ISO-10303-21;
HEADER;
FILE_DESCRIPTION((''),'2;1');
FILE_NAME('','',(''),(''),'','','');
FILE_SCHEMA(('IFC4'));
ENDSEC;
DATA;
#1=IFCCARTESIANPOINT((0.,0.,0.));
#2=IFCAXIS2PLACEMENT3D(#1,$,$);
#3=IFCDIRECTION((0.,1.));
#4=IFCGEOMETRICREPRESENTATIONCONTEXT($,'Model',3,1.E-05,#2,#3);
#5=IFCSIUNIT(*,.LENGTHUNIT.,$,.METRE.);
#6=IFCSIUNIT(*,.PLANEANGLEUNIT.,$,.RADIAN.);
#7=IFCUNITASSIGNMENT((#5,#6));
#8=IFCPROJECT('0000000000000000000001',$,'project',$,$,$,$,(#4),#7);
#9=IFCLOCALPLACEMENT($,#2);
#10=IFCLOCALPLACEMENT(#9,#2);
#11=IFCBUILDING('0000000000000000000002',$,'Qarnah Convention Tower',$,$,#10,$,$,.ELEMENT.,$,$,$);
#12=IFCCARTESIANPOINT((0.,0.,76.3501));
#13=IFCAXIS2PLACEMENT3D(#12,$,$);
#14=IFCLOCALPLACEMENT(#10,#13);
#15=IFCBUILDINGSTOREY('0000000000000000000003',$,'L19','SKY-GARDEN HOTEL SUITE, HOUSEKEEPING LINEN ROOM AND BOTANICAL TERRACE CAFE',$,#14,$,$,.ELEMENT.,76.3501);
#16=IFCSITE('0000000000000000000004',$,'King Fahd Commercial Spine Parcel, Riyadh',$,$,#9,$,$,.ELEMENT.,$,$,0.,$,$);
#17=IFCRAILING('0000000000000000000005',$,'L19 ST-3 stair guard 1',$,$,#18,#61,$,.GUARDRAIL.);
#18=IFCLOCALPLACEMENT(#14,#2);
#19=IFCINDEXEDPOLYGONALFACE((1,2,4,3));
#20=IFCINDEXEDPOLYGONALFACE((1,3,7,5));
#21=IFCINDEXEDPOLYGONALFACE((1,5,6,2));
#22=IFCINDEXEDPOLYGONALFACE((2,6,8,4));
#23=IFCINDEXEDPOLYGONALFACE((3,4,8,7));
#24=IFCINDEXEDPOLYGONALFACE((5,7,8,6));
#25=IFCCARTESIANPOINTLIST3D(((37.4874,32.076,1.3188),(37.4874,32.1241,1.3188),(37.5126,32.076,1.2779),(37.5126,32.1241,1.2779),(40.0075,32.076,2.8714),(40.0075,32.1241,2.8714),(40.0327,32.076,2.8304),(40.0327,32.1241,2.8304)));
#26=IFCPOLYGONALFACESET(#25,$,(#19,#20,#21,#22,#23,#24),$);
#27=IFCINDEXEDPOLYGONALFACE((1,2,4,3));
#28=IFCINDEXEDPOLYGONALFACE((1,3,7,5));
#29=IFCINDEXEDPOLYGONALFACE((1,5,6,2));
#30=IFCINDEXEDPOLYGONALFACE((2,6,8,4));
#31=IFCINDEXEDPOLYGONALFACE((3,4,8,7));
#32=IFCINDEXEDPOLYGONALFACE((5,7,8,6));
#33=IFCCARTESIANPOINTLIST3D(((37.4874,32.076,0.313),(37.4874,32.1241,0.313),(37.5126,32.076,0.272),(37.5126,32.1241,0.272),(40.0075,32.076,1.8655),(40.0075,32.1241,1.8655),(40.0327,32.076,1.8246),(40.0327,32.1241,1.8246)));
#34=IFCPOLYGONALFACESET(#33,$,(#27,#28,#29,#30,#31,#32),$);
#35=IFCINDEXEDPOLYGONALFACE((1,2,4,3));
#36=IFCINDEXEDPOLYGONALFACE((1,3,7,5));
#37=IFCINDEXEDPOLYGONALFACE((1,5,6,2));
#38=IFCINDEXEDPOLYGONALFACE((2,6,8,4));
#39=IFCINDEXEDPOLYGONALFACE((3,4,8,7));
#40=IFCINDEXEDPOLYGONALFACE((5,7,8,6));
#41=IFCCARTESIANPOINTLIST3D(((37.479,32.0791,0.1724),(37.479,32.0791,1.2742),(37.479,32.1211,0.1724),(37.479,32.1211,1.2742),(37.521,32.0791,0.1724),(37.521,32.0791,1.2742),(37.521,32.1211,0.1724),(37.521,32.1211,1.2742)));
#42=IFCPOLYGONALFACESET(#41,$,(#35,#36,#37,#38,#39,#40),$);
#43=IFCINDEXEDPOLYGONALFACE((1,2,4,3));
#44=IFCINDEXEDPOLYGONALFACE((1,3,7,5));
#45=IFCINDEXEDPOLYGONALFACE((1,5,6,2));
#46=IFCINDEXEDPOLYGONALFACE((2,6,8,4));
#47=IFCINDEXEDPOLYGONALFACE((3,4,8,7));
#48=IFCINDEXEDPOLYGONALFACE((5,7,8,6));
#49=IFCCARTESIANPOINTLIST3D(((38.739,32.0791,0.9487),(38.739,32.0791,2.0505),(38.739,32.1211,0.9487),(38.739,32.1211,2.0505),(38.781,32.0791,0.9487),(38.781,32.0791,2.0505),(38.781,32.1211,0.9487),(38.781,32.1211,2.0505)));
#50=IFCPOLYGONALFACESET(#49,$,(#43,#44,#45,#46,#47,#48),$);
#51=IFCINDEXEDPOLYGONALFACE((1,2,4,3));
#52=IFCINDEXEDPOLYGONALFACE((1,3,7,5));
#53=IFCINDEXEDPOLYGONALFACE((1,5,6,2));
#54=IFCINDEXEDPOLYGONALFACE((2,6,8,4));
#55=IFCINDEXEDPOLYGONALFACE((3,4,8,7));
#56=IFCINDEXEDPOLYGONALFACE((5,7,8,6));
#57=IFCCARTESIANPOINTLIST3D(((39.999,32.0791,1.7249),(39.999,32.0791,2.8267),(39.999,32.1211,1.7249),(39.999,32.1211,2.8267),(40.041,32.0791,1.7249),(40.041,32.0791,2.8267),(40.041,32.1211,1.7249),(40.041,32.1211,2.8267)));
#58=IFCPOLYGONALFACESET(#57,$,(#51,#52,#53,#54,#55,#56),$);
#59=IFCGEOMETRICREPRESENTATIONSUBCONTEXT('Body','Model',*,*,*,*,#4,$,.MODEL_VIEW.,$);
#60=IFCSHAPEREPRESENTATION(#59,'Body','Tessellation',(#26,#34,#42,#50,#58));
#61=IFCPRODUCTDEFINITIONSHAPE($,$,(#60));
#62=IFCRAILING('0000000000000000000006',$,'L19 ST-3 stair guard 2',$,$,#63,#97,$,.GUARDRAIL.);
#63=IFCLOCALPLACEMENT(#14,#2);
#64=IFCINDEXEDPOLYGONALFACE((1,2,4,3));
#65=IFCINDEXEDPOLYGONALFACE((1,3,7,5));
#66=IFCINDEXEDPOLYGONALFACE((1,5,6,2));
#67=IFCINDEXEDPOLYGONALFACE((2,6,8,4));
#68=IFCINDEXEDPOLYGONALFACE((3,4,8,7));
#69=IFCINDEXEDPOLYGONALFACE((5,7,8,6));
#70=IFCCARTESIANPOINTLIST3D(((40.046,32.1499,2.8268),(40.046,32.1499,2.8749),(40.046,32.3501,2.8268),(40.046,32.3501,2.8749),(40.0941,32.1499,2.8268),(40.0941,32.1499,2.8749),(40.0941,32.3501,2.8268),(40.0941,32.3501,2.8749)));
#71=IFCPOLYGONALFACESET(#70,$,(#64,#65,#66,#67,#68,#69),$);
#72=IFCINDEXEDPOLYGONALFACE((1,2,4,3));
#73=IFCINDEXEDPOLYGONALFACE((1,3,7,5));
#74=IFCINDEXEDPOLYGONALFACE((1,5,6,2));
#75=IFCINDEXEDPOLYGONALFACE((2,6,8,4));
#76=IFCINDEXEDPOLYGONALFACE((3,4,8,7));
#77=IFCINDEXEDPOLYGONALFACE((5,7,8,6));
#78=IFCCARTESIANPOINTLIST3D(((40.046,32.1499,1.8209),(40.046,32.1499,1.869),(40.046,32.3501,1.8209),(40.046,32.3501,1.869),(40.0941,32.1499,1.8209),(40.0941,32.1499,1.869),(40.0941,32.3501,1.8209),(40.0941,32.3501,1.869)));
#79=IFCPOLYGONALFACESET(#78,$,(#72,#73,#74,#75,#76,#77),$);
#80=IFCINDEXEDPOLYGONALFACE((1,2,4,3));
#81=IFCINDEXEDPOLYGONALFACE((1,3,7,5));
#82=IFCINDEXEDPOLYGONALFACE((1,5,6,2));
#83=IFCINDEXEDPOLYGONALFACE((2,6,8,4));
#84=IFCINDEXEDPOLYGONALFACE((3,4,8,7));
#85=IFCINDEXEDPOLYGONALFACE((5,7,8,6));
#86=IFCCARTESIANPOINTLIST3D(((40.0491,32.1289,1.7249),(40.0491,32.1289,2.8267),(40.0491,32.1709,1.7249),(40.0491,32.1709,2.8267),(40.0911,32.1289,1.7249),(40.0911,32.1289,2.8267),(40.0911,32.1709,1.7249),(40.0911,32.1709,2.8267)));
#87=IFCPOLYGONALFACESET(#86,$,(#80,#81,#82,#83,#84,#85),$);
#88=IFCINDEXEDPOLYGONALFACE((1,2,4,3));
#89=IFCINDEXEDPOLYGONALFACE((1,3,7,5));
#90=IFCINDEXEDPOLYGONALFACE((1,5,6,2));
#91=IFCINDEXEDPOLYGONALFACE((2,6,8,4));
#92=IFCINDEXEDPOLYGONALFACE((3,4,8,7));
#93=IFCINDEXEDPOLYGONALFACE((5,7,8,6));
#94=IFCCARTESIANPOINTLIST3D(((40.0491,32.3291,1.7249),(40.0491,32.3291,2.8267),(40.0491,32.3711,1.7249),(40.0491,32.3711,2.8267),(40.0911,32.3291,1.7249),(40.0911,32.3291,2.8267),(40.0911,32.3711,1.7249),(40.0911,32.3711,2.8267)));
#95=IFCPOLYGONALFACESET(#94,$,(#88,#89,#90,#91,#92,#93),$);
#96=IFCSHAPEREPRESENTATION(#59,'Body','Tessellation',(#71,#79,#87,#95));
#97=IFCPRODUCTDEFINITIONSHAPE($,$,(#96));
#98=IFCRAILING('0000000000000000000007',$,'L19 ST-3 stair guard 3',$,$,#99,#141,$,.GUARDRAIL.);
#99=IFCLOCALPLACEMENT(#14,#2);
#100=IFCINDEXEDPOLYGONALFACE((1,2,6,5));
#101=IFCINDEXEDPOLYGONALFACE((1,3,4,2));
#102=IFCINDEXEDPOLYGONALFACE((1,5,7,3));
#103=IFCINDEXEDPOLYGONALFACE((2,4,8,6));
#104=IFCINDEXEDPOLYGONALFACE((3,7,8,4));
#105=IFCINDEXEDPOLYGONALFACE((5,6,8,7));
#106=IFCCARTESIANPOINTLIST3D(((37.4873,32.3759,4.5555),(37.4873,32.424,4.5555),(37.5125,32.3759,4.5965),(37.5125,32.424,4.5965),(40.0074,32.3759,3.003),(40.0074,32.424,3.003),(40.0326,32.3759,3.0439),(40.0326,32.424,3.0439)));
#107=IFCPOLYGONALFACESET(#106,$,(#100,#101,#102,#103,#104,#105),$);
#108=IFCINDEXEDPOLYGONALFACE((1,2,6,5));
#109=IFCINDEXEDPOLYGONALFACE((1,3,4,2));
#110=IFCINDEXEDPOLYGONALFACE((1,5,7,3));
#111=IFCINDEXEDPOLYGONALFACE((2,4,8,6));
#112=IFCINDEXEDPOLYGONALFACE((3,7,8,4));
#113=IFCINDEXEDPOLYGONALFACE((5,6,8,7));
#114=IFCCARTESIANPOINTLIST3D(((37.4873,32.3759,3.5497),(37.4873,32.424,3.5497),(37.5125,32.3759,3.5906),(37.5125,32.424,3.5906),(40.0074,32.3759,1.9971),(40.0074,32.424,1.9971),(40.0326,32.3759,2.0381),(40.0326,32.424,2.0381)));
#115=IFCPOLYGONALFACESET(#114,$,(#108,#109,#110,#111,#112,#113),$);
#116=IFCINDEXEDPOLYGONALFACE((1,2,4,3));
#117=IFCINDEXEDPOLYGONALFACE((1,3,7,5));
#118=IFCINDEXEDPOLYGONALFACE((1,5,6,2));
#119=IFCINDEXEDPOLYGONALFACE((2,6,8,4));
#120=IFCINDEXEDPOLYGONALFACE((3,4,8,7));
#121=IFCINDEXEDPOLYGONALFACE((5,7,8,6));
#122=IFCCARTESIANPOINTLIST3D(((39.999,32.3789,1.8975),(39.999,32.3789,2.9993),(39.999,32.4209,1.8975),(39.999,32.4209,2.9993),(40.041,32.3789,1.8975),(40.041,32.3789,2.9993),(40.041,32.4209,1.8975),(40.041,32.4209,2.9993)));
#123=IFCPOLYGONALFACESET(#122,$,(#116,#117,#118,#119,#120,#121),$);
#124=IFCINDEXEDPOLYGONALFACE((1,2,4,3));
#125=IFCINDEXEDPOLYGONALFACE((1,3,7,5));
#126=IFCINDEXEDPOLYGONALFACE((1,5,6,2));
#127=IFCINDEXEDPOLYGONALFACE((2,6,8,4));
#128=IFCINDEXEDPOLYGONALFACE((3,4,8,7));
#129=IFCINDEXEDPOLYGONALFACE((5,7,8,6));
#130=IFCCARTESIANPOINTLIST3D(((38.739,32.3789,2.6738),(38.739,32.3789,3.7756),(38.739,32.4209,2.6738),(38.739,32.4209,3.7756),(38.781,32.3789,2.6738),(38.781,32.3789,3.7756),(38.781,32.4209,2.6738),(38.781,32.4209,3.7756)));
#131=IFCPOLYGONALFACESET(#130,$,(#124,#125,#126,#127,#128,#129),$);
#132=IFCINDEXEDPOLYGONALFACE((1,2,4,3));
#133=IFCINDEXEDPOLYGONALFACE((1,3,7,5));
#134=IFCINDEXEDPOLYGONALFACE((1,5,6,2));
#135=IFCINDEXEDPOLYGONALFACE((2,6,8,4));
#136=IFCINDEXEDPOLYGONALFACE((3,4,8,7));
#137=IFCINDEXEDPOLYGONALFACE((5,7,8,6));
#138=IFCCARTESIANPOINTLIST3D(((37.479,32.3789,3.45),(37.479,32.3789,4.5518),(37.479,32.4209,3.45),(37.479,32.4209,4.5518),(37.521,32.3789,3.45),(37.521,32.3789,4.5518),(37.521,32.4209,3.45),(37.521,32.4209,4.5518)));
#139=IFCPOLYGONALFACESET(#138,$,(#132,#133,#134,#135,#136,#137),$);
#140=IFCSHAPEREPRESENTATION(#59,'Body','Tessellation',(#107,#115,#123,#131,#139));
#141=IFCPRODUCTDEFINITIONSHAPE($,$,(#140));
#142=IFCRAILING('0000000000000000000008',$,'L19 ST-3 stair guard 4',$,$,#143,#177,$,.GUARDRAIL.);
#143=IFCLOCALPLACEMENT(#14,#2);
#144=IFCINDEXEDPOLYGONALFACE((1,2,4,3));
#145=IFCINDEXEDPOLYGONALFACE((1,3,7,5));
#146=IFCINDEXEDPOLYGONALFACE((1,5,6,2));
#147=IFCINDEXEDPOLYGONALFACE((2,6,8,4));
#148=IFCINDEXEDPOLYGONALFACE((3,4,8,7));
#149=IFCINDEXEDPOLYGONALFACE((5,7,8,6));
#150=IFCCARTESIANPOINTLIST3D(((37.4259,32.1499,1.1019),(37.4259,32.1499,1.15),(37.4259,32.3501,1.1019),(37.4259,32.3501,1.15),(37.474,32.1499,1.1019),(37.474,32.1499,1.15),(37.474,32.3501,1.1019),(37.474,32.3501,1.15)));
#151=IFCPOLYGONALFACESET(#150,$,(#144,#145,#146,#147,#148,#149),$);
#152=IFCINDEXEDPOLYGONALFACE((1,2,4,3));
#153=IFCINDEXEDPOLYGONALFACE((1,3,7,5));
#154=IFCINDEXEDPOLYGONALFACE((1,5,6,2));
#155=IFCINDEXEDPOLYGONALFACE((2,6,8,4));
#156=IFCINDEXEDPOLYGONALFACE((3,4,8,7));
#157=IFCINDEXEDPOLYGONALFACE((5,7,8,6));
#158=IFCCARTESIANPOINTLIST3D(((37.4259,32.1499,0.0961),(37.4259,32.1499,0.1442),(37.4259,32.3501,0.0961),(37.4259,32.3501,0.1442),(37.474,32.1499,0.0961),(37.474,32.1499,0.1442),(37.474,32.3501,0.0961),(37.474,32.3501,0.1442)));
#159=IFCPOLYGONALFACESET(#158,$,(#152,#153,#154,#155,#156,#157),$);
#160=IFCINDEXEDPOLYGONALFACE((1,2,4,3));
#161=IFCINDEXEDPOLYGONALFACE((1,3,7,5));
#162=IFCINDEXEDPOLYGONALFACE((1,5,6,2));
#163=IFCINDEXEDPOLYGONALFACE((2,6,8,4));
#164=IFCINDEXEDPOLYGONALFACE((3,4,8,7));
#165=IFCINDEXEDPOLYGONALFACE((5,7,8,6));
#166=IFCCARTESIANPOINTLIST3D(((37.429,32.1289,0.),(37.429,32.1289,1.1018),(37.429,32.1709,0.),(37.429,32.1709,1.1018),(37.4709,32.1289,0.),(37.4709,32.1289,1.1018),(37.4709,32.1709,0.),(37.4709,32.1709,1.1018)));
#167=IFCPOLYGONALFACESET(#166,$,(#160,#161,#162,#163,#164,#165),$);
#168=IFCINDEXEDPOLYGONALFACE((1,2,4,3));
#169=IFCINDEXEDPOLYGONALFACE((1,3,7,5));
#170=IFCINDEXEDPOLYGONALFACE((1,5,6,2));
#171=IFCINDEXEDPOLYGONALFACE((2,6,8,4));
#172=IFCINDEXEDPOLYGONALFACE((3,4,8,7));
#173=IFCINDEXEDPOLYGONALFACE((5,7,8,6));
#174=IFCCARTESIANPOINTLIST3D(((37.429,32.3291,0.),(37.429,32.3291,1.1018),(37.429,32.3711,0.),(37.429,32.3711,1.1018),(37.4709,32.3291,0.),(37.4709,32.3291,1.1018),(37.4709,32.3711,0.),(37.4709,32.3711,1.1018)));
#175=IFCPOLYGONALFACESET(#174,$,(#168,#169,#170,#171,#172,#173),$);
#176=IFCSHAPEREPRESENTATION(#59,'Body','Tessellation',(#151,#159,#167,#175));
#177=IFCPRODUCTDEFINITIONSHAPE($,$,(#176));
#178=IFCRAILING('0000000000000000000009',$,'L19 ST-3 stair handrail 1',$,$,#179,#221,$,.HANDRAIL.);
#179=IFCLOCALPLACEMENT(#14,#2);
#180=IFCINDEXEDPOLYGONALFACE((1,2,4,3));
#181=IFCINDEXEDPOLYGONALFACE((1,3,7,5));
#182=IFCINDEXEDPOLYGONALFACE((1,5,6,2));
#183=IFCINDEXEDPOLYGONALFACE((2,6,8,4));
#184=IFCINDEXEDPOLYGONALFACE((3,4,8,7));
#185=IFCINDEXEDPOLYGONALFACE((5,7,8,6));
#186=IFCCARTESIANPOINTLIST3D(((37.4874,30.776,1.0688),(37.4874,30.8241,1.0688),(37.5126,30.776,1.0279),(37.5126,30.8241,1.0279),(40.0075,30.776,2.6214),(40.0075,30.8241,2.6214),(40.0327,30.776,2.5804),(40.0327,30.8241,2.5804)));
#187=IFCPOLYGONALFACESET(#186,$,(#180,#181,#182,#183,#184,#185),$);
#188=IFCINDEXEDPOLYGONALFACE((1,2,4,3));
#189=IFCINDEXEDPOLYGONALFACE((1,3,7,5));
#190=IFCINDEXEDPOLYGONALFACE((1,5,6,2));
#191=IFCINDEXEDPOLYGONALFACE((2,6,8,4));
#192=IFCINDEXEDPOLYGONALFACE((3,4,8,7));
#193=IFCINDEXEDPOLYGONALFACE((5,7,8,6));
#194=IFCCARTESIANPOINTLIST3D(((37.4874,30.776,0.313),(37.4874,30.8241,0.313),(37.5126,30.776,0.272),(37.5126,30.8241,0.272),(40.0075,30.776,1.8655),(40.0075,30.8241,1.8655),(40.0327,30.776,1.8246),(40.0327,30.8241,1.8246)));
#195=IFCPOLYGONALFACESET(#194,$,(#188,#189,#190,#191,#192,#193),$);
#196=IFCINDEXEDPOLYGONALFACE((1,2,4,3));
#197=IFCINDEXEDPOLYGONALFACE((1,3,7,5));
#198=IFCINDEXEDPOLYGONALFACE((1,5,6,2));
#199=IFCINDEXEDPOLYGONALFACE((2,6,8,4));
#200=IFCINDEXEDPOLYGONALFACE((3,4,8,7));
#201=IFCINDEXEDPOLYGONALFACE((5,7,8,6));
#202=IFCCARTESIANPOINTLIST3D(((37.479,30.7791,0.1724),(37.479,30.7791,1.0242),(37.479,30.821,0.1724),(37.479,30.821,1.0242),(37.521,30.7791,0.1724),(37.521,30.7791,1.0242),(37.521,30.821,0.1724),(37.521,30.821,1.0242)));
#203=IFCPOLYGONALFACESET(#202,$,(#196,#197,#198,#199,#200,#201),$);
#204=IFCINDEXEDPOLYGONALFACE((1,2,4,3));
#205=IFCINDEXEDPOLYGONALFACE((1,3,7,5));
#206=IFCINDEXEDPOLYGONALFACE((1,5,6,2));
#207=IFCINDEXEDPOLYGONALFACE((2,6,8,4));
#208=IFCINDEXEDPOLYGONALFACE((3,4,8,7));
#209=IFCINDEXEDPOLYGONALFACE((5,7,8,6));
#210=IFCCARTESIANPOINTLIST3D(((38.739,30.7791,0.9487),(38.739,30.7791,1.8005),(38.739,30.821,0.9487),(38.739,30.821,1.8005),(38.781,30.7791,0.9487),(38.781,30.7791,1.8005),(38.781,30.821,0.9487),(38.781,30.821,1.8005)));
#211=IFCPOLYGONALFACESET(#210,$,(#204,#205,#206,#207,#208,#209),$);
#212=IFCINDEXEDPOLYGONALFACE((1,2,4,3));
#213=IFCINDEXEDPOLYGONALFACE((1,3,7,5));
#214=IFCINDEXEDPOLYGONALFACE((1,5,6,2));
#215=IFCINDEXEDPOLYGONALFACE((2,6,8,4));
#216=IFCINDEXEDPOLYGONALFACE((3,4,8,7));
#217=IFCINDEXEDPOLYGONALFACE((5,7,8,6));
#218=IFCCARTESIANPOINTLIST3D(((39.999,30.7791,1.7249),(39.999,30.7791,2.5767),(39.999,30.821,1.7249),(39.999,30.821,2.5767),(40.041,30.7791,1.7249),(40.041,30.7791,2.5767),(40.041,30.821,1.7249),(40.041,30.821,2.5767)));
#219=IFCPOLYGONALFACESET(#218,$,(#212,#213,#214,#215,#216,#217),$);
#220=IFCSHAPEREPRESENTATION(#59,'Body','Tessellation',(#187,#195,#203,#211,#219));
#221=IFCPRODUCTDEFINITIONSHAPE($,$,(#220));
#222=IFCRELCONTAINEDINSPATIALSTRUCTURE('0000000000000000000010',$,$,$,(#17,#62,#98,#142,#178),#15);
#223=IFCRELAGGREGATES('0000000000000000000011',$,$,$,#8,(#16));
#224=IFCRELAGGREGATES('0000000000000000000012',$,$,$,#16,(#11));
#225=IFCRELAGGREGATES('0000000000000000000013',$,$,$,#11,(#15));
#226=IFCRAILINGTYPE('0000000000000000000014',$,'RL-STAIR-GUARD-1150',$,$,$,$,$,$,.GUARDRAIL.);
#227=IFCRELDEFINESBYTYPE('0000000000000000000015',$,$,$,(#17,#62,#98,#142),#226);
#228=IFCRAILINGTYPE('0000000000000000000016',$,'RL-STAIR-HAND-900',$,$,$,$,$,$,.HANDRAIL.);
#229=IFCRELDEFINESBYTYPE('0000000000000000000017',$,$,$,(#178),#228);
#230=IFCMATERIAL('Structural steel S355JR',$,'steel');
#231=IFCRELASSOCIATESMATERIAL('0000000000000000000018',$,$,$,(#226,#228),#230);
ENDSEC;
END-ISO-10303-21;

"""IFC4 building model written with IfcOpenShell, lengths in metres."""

from ifc_helpers import new_model, si_unit, direction, frame, origin, origin_2d, place, context, subcontext, project, spatial, rectangle, extrude, material, type_object, element, save


model = new_model("IFC4")

# Units and contexts
model_context = context("Model", 3, precision=1e-05, world=origin(), true_north=direction((0.0, 1.0)))
body_context = subcontext(model_context, "Body", "Model", "MODEL_VIEW")
ifc_project = project(units=[si_unit("LENGTHUNIT", "METRE"), si_unit("PLANEANGLEUNIT", "RADIAN")], contexts=[model_context])

# Site, building, storey
site_placement = place(None, origin())
site = spatial("IfcSite", under=ifc_project, at=site_placement, Name="King Fahd Commercial Spine Parcel, Riyadh", CompositionType="ELEMENT", RefElevation=0.0)
building_placement = place(site_placement, origin())
building = spatial("IfcBuilding", under=site, at=building_placement, Name="Qarnah Convention Tower", CompositionType="ELEMENT")
storey_placement = place(building_placement, frame((0.0, 0.0, 76.3501)))
storey = spatial("IfcBuildingStorey", under=building, at=storey_placement, Name="L19", Description="SKY-GARDEN HOTEL SUITE, HOUSEKEEPING LINEN ROOM AND BOTANICAL TERRACE CAFE", CompositionType="ELEMENT", Elevation=76.3501)

# Shared definitions
ifc_material_1 = material(Name="Structural steel S355JR", Category="steel")

# Railings
railing_type_1 = type_object("IfcRailingType", Name="RL-STAIR-GUARD-1150", PredefinedType="GUARDRAIL", material=ifc_material_1)
railing_1_placement = place(storey_placement, frame((37.5, 32.1001, 0.1724)))
element("IfcRailing", 1, at=railing_1_placement, inside=storey, type_object=railing_type_1, Name="L19 ST-3 stair guard 1", PredefinedType="GUARDRAIL", context=body_context, shape_type="SweptSolid", body=[
    extrude(rectangle(XDim=0.0481, YDim=0.0481, at=origin_2d()), frame((0.0, 0.0, 1.126), z_axis=(0.8514, 0.0, 0.524516), x_axis=(0.0, 1.0, 0.0)), (0.0, 0.0, 1.0), 2.96),
    extrude(rectangle(XDim=0.0481, YDim=0.0481, at=origin_2d()), frame((0.0, 0.0, 0.1201), z_axis=(0.8514, 0.0, 0.524516), x_axis=(0.0, 1.0, 0.0)), (0.0, 0.0, 1.0), 2.96),
    extrude(rectangle(XDim=0.042, YDim=0.042, at=origin_2d()), origin(), (0.0, 0.0, 1.0), 1.1018),
    extrude(rectangle(XDim=0.042, YDim=0.042, at=origin_2d()), frame((1.26, 0.0, 0.7764)), (0.0, 0.0, 1.0), 1.1018),
    extrude(rectangle(XDim=0.042, YDim=0.042, at=origin_2d()), frame((2.52, 0.0, 1.5525)), (0.0, 0.0, 1.0), 1.1018),
])
railing_2_placement = place(storey_placement, frame((40.0701, 32.1499, 1.7249)))
element("IfcRailing", 2, at=railing_2_placement, inside=storey, type_object=railing_type_1, Name="L19 ST-3 stair guard 2", PredefinedType="GUARDRAIL", context=body_context, shape_type="SweptSolid", body=[
    extrude(rectangle(XDim=0.0481, YDim=0.0481, at=origin_2d()), frame((0.0, 0.0, 1.126), z_axis=(0.0, 1.0, 0.0), x_axis=(-1.0, 0.0, 0.0)), (0.0, 0.0, 1.0), 0.2002),
    extrude(rectangle(XDim=0.0481, YDim=0.0481, at=origin_2d()), frame((0.0, 0.0, 0.1201), z_axis=(0.0, 1.0, 0.0), x_axis=(-1.0, 0.0, 0.0)), (0.0, 0.0, 1.0), 0.2002),
    extrude(rectangle(XDim=0.042, YDim=0.042, at=origin_2d()), origin(), (0.0, 0.0, 1.0), 1.1018),
    extrude(rectangle(XDim=0.042, YDim=0.042, at=origin_2d()), frame((0.0, 0.2002, 0.0)), (0.0, 0.0, 1.0), 1.1018),
])
railing_3_placement = place(storey_placement, frame((40.02, 32.3999, 1.8975)))
element("IfcRailing", 3, at=railing_3_placement, inside=storey, type_object=railing_type_1, Name="L19 ST-3 stair guard 3", PredefinedType="GUARDRAIL", context=body_context, shape_type="SweptSolid", body=[
    extrude(rectangle(XDim=0.0481, YDim=0.0481, at=origin_2d()), frame((0.0, 0.0, 1.126), z_axis=(-0.8514, 0.0, 0.524516), x_axis=(0.0, -1.0, 0.0)), (0.0, 0.0, 1.0), 2.96),
    extrude(rectangle(XDim=0.0481, YDim=0.0481, at=origin_2d()), frame((0.0, 0.0, 0.1201), z_axis=(-0.8514, 0.0, 0.524516), x_axis=(0.0, -1.0, 0.0)), (0.0, 0.0, 1.0), 2.96),
    extrude(rectangle(XDim=0.042, YDim=0.042, at=origin_2d()), origin(), (0.0, 0.0, 1.0), 1.1018),
    extrude(rectangle(XDim=0.042, YDim=0.042, at=origin_2d()), frame((-1.26, 0.0, 0.7764)), (0.0, 0.0, 1.0), 1.1018),
    extrude(rectangle(XDim=0.042, YDim=0.042, at=origin_2d()), frame((-2.52, 0.0, 1.5525)), (0.0, 0.0, 1.0), 1.1018),
])
railing_4_placement = place(storey_placement, frame((37.45, 32.1499, 0.0)))
element("IfcRailing", 4, at=railing_4_placement, inside=storey, type_object=railing_type_1, Name="L19 ST-3 stair guard 4", PredefinedType="GUARDRAIL", context=body_context, shape_type="SweptSolid", body=[
    extrude(rectangle(XDim=0.0481, YDim=0.0481, at=origin_2d()), frame((0.0, 0.0, 1.126), z_axis=(0.0, 1.0, 0.0), x_axis=(-1.0, 0.0, 0.0)), (0.0, 0.0, 1.0), 0.2002),
    extrude(rectangle(XDim=0.0481, YDim=0.0481, at=origin_2d()), frame((0.0, 0.0, 0.1201), z_axis=(0.0, 1.0, 0.0), x_axis=(-1.0, 0.0, 0.0)), (0.0, 0.0, 1.0), 0.2002),
    extrude(rectangle(XDim=0.042, YDim=0.042, at=origin_2d()), origin(), (0.0, 0.0, 1.0), 1.1018),
    extrude(rectangle(XDim=0.042, YDim=0.042, at=origin_2d()), frame((0.0, 0.2002, 0.0)), (0.0, 0.0, 1.0), 1.1018),
])
railing_type_2 = type_object("IfcRailingType", Name="RL-STAIR-HAND-900", PredefinedType="HANDRAIL", material=ifc_material_1)
railing_5_placement = place(storey_placement, frame((37.5, 30.8, 0.1724)))
element("IfcRailing", 5, at=railing_5_placement, inside=storey, type_object=railing_type_2, Name="L19 ST-3 stair handrail 1", PredefinedType="HANDRAIL", context=body_context, shape_type="SweptSolid", body=[
    extrude(rectangle(XDim=0.0481, YDim=0.0481, at=origin_2d()), frame((0.0, 0.0, 0.876), z_axis=(0.8514, 0.0, 0.524516), x_axis=(0.0, 1.0, 0.0)), (0.0, 0.0, 1.0), 2.96),
    extrude(rectangle(XDim=0.0481, YDim=0.0481, at=origin_2d()), frame((0.0, 0.0, 0.1201), z_axis=(0.8514, 0.0, 0.524516), x_axis=(0.0, 1.0, 0.0)), (0.0, 0.0, 1.0), 2.96),
    extrude(rectangle(XDim=0.042, YDim=0.042, at=origin_2d()), origin(), (0.0, 0.0, 1.0), 0.8518),
    extrude(rectangle(XDim=0.042, YDim=0.042, at=origin_2d()), frame((1.26, 0.0, 0.7764)), (0.0, 0.0, 1.0), 0.8518),
    extrude(rectangle(XDim=0.042, YDim=0.042, at=origin_2d()), frame((2.52, 0.0, 1.5525)), (0.0, 0.0, 1.0), 0.8518),
])

save(model, "model.ifc")
